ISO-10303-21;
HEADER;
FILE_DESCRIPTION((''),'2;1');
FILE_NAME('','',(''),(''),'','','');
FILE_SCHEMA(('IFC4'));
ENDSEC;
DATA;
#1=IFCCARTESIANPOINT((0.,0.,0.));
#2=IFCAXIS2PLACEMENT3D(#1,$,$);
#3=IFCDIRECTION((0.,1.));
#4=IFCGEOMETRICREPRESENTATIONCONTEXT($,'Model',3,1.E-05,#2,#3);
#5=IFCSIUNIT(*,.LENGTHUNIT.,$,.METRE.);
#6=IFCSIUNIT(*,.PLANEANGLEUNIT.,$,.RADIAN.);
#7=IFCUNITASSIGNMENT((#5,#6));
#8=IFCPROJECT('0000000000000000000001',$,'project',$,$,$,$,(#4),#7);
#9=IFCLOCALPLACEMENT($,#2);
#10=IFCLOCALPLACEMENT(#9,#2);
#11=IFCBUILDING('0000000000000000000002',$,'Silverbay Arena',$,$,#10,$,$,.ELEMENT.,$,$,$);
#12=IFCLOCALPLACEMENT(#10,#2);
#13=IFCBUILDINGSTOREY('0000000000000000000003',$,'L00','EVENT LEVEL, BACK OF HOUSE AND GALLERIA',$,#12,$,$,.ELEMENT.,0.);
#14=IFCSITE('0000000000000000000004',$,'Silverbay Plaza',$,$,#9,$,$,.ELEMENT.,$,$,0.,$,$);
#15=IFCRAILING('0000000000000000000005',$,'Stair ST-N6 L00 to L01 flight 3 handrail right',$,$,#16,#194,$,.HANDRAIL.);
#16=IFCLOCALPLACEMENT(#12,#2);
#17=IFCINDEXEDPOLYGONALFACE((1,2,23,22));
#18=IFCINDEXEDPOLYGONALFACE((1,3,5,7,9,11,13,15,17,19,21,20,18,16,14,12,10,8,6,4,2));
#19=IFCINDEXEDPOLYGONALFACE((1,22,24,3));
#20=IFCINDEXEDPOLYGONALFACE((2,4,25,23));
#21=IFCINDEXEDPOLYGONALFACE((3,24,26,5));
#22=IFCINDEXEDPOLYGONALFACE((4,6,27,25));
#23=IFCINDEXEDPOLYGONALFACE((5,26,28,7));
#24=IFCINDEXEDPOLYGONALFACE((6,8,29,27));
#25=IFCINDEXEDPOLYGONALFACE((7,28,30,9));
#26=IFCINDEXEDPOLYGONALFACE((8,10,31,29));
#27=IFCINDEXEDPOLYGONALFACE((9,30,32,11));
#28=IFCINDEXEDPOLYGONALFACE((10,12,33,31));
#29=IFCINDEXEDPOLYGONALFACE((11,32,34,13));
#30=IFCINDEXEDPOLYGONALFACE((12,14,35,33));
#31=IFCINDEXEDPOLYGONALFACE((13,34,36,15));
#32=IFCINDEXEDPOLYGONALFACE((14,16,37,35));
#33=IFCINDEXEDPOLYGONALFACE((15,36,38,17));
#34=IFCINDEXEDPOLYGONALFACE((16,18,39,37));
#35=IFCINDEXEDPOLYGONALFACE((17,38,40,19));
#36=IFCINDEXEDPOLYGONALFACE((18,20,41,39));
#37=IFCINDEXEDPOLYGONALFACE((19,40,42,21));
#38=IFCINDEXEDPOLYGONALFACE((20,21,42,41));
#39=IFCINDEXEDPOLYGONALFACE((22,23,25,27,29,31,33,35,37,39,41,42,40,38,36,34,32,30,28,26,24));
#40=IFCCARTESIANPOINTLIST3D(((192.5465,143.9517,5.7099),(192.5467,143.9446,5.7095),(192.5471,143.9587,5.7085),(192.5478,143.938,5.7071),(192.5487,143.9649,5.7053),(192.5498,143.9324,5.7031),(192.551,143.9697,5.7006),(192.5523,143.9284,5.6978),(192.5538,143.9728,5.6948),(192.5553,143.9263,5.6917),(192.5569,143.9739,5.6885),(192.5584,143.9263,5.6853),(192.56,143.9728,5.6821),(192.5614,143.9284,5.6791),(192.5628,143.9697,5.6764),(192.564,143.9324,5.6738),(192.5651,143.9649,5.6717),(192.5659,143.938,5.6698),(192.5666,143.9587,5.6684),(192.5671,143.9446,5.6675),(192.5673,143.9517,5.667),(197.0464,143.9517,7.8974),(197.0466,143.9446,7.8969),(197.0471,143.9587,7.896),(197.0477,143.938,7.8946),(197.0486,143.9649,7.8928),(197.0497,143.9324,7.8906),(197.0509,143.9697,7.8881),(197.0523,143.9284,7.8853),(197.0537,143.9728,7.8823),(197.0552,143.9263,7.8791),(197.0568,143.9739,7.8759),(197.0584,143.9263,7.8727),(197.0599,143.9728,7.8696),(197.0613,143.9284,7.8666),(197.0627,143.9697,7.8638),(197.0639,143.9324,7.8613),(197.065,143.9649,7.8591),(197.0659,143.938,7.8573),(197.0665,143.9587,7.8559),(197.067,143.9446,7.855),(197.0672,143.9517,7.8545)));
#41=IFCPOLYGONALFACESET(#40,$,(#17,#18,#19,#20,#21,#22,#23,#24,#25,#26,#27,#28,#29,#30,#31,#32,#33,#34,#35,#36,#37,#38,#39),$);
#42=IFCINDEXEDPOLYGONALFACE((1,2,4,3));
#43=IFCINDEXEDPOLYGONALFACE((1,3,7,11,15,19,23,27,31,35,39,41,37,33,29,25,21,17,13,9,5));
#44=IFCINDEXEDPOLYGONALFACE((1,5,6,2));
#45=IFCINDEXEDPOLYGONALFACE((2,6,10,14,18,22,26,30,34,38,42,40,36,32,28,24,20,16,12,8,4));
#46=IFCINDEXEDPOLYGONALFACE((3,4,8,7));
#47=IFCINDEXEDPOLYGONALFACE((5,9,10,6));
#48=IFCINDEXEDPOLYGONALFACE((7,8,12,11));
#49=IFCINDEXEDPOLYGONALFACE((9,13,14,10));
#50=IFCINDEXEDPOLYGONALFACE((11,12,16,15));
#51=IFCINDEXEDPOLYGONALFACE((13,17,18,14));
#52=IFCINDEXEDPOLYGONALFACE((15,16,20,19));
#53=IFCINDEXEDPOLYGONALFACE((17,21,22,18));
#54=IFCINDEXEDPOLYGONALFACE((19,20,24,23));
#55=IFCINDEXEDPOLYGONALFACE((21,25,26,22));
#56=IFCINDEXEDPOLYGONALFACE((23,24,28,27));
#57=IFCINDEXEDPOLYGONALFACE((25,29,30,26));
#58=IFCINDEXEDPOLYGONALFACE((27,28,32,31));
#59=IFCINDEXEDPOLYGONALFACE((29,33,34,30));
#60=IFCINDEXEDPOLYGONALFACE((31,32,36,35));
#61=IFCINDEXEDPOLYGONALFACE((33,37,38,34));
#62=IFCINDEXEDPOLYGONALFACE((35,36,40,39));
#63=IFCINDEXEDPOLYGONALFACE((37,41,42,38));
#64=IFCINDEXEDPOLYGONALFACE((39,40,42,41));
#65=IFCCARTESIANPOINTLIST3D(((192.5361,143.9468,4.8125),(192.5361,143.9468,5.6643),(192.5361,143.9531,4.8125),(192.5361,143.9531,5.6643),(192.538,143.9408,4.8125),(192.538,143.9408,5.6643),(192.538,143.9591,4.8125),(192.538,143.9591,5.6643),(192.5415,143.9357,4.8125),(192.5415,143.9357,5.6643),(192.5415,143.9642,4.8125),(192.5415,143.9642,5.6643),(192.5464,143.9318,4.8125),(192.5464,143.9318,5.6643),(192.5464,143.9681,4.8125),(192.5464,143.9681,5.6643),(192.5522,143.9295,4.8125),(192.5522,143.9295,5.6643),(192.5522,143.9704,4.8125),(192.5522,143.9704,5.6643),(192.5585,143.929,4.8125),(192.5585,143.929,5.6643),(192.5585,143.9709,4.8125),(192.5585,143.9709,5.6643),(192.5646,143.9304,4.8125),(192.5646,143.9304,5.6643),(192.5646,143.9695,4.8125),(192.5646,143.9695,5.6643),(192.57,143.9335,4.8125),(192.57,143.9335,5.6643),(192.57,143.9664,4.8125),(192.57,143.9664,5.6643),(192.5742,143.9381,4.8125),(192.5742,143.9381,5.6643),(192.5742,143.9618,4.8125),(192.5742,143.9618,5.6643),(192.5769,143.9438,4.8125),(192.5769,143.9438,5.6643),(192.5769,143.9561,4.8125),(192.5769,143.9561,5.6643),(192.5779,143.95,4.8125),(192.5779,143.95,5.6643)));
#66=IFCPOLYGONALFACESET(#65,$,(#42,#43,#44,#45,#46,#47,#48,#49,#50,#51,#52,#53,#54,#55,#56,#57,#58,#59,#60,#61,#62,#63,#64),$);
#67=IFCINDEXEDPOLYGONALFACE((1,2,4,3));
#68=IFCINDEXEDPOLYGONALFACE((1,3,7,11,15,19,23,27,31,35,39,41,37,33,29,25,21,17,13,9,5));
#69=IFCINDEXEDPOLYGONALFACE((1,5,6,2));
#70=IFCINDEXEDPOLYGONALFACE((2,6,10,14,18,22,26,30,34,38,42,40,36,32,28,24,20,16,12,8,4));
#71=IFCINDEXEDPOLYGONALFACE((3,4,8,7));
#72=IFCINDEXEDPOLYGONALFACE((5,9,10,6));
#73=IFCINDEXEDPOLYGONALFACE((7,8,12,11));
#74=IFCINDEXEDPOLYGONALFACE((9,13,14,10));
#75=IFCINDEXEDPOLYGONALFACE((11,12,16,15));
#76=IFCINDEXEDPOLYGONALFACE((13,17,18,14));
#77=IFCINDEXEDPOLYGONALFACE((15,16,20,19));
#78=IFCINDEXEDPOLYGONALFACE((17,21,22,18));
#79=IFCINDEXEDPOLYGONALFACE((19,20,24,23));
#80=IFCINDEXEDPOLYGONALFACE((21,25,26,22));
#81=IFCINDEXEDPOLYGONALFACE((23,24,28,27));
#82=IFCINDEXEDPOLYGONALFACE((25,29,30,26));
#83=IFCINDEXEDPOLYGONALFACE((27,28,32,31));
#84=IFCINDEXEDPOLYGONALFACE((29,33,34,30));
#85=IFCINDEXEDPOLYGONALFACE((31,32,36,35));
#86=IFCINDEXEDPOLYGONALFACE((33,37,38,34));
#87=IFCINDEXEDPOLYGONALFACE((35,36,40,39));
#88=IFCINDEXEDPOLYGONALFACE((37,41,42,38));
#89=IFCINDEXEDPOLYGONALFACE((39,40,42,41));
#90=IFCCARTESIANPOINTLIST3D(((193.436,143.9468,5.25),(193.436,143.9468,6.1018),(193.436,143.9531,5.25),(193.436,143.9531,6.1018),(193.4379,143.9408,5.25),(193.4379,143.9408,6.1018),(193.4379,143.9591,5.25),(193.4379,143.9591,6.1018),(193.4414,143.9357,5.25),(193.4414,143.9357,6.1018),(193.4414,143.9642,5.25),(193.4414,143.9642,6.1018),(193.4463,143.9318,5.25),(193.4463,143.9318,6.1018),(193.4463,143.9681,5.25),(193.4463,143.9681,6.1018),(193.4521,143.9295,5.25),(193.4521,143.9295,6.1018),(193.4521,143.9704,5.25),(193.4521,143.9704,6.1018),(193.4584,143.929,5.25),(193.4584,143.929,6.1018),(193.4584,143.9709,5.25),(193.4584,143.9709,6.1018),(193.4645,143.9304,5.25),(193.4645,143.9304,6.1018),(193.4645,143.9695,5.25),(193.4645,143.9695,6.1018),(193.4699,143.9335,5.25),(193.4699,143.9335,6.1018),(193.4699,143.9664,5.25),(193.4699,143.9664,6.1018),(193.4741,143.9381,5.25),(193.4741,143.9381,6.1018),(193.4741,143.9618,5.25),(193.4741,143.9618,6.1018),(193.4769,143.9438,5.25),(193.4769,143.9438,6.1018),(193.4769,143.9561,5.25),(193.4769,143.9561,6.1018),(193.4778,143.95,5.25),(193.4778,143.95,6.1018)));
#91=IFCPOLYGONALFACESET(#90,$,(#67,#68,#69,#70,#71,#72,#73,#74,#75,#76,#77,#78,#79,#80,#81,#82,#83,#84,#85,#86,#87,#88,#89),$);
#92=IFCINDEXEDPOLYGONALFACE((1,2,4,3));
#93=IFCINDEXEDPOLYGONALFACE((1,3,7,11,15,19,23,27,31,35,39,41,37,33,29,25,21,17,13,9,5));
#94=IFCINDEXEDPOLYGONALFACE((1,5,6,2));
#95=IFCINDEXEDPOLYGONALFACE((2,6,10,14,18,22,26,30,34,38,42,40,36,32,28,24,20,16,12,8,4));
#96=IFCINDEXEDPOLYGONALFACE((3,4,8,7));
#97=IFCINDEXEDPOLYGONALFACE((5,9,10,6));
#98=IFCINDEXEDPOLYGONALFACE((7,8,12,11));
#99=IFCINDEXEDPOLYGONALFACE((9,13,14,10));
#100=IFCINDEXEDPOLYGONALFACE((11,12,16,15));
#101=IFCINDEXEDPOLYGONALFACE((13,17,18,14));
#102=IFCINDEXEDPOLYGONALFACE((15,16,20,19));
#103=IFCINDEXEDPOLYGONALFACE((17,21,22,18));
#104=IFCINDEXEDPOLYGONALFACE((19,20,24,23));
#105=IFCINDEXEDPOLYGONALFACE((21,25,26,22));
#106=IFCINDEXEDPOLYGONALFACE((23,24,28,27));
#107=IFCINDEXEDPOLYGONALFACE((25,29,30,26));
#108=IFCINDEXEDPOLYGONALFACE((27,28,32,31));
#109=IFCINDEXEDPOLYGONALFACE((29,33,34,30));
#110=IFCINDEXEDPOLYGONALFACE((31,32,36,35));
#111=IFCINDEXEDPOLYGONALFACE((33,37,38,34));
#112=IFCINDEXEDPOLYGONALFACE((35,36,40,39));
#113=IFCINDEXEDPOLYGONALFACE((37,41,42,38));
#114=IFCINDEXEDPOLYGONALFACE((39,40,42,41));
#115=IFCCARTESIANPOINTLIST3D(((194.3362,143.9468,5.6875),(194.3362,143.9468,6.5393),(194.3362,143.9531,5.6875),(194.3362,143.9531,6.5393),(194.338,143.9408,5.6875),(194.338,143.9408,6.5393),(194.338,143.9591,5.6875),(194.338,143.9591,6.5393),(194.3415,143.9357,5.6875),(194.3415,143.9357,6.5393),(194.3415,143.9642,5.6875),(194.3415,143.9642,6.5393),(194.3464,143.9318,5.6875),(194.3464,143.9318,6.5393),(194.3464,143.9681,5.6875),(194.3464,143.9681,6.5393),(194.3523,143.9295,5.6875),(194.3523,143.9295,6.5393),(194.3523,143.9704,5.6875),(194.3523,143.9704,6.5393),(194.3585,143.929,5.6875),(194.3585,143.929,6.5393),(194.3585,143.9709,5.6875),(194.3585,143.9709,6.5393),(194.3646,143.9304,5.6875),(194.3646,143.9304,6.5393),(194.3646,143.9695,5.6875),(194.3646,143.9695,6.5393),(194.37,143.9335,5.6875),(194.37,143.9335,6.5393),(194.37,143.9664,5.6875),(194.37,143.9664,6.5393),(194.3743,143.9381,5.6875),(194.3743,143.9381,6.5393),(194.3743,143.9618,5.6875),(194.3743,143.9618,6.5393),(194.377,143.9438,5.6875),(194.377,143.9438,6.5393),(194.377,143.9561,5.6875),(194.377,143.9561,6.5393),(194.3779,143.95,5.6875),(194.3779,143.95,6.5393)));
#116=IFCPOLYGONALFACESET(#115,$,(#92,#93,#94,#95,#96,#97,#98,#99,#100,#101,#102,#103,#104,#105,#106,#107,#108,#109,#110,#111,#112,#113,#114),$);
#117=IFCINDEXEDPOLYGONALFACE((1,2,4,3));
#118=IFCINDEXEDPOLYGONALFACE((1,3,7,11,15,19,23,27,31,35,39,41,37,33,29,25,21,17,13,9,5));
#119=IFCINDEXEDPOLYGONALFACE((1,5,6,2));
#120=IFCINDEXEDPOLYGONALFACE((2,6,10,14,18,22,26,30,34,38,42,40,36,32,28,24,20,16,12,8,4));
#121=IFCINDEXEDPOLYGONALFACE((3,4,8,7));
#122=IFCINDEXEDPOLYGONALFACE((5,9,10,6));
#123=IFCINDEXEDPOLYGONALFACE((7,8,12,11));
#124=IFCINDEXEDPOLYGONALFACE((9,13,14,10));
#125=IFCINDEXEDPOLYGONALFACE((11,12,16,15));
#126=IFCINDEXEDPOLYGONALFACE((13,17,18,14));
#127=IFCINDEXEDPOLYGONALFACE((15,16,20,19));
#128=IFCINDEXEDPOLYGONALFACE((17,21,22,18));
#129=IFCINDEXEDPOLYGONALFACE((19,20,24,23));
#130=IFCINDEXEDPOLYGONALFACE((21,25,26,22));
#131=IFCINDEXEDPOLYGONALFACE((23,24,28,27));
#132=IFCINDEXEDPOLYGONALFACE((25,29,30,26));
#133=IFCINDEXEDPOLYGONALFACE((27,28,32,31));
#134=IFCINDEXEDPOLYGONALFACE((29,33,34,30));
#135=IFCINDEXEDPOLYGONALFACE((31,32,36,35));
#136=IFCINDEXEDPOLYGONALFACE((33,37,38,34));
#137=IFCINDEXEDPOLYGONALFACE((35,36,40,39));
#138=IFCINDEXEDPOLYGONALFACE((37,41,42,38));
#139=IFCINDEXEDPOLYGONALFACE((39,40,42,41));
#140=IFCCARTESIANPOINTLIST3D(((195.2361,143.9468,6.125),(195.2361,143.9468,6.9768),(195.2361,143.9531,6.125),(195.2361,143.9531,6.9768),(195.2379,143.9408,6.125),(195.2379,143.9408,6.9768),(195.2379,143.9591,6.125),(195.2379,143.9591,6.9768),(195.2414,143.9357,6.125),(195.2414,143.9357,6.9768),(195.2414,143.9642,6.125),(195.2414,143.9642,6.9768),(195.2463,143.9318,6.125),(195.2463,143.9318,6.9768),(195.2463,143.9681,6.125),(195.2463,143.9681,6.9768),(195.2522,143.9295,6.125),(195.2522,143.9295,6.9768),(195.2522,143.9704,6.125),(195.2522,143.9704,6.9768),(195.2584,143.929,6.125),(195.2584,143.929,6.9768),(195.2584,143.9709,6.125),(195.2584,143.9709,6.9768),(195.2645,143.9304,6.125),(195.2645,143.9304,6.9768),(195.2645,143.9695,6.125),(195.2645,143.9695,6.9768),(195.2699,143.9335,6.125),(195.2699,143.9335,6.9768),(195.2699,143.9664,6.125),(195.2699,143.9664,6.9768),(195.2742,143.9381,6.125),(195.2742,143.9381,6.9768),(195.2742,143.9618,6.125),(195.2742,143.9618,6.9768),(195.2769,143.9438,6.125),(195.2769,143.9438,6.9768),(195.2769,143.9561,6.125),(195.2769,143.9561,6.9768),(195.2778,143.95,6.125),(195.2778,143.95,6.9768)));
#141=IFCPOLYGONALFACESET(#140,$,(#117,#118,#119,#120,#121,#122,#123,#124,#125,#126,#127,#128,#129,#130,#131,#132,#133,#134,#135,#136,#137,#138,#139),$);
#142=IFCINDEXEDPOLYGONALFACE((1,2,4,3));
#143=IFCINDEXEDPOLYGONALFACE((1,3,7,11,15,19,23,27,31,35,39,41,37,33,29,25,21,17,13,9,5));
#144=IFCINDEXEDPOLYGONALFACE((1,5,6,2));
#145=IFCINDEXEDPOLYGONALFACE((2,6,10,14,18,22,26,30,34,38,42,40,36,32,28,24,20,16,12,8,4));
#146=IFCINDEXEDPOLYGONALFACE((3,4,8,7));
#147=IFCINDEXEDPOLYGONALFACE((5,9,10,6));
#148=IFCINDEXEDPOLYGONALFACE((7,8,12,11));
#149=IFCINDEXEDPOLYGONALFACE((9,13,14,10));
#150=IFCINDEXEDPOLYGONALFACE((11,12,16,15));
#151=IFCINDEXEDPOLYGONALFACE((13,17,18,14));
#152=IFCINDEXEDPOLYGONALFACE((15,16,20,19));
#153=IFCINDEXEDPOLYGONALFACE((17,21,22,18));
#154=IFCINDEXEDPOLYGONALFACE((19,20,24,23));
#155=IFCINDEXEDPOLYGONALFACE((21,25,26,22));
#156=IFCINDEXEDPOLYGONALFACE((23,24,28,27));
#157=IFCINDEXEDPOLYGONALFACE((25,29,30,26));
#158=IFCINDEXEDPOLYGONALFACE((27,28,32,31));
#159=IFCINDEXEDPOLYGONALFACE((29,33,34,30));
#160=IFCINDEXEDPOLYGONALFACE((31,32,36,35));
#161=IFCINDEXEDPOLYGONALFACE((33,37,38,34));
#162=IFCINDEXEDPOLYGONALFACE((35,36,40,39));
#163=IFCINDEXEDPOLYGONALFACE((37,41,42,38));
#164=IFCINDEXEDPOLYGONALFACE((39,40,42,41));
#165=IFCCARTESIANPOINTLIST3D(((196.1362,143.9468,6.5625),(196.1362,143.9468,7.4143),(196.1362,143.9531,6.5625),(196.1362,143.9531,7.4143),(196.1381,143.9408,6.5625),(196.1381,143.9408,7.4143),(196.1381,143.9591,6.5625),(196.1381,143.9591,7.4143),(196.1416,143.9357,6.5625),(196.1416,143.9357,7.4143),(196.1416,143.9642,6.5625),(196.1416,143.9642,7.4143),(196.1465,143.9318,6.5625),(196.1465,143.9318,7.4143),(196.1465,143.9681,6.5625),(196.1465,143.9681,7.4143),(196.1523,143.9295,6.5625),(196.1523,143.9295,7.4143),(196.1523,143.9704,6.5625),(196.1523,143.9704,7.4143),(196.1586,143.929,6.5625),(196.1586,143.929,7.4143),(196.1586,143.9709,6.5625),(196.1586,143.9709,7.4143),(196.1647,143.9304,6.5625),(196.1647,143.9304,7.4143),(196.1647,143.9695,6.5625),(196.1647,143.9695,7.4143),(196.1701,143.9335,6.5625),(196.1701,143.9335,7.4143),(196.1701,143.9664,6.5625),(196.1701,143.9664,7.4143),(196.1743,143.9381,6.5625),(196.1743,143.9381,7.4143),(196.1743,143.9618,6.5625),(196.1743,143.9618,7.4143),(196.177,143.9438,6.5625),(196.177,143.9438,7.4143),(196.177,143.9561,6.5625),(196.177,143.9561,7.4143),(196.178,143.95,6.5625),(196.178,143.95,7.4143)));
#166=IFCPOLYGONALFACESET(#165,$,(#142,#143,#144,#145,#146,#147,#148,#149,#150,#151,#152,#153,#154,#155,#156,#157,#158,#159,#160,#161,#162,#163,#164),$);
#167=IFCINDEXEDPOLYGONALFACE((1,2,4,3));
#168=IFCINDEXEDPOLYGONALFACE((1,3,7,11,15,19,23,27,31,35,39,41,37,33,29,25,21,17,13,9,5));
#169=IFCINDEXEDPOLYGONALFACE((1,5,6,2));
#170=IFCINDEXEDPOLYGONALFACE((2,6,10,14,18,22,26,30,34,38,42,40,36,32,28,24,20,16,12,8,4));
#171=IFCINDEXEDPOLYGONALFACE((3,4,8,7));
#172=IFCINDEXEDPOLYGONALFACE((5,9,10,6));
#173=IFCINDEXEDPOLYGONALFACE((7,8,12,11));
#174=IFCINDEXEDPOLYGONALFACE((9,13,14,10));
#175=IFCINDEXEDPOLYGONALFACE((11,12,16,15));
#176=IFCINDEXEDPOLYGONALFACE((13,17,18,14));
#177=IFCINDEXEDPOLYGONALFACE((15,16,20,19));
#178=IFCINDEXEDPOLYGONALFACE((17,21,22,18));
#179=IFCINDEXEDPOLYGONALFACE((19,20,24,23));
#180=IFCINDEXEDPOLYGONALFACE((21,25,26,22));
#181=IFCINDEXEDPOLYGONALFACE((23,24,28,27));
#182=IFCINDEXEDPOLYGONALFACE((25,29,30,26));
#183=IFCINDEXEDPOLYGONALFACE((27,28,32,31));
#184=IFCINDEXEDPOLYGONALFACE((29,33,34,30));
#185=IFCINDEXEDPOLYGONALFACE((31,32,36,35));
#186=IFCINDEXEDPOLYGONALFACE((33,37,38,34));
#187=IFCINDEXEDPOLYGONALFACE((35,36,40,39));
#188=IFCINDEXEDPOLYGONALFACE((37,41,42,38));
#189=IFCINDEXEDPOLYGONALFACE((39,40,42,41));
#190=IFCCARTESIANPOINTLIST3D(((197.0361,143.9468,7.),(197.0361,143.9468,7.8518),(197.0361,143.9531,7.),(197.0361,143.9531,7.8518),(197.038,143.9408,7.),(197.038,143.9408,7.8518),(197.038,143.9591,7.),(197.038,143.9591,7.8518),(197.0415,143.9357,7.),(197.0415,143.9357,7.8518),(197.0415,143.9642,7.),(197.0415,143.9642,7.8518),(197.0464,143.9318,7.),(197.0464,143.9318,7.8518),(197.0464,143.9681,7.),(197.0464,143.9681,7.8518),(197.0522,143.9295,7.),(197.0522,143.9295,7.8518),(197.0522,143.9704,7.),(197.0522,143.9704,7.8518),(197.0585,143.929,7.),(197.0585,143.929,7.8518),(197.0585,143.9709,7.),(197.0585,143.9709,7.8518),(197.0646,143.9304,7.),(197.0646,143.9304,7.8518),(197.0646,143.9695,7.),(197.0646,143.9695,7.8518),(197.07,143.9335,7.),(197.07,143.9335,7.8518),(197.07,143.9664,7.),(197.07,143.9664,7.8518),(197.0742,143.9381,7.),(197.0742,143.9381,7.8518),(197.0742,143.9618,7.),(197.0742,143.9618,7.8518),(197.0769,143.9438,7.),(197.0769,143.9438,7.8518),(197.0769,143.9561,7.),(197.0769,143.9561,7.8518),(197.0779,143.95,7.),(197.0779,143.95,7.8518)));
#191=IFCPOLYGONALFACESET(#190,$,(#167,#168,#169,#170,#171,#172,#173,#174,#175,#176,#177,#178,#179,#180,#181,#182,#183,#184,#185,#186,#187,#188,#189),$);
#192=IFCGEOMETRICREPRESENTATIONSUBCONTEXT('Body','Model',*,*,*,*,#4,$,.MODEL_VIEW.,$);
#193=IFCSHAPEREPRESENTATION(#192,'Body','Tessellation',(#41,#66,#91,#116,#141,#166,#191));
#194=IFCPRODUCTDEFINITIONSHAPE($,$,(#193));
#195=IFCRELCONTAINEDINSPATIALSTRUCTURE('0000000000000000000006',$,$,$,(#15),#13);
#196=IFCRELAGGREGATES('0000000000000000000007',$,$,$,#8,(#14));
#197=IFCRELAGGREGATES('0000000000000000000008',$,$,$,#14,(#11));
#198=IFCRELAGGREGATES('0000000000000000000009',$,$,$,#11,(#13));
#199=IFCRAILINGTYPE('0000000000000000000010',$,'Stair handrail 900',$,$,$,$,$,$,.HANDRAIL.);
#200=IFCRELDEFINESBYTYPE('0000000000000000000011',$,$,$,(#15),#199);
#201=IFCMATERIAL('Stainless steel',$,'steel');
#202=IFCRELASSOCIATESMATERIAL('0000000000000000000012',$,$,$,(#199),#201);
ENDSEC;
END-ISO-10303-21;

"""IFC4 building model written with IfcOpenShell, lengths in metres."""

from ifc_helpers import new_model, si_unit, direction, frame, origin, origin_2d, place, context, subcontext, project, spatial, circle, extrude, material, type_object, element, save


model = new_model("IFC4")

# Units and contexts
model_context = context("Model", 3, precision=1e-05, world=origin(), true_north=direction((0.0, 1.0)))
body_context = subcontext(model_context, "Body", "Model", "MODEL_VIEW")
ifc_project = project(units=[si_unit("LENGTHUNIT", "METRE"), si_unit("PLANEANGLEUNIT", "RADIAN")], contexts=[model_context])

# Site, building, storey
site_placement = place(None, origin())
site = spatial("IfcSite", under=ifc_project, at=site_placement, Name="Silverbay Plaza", CompositionType="ELEMENT", RefElevation=0.0)
building_placement = place(site_placement, origin())
building = spatial("IfcBuilding", under=site, at=building_placement, Name="Silverbay Arena", CompositionType="ELEMENT")
storey_placement = place(building_placement, origin())
storey = spatial("IfcBuildingStorey", under=building, at=storey_placement, Name="L00", Description="EVENT LEVEL, BACK OF HOUSE AND GALLERIA", CompositionType="ELEMENT", Elevation=0.0)

# Railing
ifc_material_1 = material(Name="Stainless steel", Category="steel")
railing_type_1 = type_object("IfcRailingType", Name="Stair handrail 900", PredefinedType="HANDRAIL", material=ifc_material_1)
for number, where, name in (
    (1, (192.5569, 143.95, 4.8125), "Stair ST-N6 L00 to L01 flight 3 handrail right"),
):
    element("IfcRailing", number, at=place(storey_placement, frame(where)), inside=storey, type_object=railing_type_1, Name=name, PredefinedType="HANDRAIL", context=body_context, shape_type="SweptSolid", body=[
        extrude(circle(Radius=0.0239, at=origin_2d()), frame((0.0, 0.0, 0.876), z_axis=(0.899368, 0.0, 0.437193), x_axis=(0.0, 1.0, 0.0)), (0.0, 0.0, 1.0), 5.0034),
        extrude(circle(Radius=0.021, at=origin_2d()), origin(), (0.0, 0.0, 1.0), 0.8518),
        extrude(circle(Radius=0.021, at=origin_2d()), frame((0.8999, 0.0, 0.4375)), (0.0, 0.0, 1.0), 0.8518),
        extrude(circle(Radius=0.021, at=origin_2d()), frame((1.8, 0.0, 0.875)), (0.0, 0.0, 1.0), 0.8518),
        extrude(circle(Radius=0.021, at=origin_2d()), frame((2.7, 0.0, 1.3125)), (0.0, 0.0, 1.0), 0.8518),
        extrude(circle(Radius=0.021, at=origin_2d()), frame((3.6001, 0.0, 1.75)), (0.0, 0.0, 1.0), 0.8518),
        extrude(circle(Radius=0.021, at=origin_2d()), frame((4.5, 0.0, 2.1875)), (0.0, 0.0, 1.0), 0.8518),
    ])

save(model, "model.ifc")
